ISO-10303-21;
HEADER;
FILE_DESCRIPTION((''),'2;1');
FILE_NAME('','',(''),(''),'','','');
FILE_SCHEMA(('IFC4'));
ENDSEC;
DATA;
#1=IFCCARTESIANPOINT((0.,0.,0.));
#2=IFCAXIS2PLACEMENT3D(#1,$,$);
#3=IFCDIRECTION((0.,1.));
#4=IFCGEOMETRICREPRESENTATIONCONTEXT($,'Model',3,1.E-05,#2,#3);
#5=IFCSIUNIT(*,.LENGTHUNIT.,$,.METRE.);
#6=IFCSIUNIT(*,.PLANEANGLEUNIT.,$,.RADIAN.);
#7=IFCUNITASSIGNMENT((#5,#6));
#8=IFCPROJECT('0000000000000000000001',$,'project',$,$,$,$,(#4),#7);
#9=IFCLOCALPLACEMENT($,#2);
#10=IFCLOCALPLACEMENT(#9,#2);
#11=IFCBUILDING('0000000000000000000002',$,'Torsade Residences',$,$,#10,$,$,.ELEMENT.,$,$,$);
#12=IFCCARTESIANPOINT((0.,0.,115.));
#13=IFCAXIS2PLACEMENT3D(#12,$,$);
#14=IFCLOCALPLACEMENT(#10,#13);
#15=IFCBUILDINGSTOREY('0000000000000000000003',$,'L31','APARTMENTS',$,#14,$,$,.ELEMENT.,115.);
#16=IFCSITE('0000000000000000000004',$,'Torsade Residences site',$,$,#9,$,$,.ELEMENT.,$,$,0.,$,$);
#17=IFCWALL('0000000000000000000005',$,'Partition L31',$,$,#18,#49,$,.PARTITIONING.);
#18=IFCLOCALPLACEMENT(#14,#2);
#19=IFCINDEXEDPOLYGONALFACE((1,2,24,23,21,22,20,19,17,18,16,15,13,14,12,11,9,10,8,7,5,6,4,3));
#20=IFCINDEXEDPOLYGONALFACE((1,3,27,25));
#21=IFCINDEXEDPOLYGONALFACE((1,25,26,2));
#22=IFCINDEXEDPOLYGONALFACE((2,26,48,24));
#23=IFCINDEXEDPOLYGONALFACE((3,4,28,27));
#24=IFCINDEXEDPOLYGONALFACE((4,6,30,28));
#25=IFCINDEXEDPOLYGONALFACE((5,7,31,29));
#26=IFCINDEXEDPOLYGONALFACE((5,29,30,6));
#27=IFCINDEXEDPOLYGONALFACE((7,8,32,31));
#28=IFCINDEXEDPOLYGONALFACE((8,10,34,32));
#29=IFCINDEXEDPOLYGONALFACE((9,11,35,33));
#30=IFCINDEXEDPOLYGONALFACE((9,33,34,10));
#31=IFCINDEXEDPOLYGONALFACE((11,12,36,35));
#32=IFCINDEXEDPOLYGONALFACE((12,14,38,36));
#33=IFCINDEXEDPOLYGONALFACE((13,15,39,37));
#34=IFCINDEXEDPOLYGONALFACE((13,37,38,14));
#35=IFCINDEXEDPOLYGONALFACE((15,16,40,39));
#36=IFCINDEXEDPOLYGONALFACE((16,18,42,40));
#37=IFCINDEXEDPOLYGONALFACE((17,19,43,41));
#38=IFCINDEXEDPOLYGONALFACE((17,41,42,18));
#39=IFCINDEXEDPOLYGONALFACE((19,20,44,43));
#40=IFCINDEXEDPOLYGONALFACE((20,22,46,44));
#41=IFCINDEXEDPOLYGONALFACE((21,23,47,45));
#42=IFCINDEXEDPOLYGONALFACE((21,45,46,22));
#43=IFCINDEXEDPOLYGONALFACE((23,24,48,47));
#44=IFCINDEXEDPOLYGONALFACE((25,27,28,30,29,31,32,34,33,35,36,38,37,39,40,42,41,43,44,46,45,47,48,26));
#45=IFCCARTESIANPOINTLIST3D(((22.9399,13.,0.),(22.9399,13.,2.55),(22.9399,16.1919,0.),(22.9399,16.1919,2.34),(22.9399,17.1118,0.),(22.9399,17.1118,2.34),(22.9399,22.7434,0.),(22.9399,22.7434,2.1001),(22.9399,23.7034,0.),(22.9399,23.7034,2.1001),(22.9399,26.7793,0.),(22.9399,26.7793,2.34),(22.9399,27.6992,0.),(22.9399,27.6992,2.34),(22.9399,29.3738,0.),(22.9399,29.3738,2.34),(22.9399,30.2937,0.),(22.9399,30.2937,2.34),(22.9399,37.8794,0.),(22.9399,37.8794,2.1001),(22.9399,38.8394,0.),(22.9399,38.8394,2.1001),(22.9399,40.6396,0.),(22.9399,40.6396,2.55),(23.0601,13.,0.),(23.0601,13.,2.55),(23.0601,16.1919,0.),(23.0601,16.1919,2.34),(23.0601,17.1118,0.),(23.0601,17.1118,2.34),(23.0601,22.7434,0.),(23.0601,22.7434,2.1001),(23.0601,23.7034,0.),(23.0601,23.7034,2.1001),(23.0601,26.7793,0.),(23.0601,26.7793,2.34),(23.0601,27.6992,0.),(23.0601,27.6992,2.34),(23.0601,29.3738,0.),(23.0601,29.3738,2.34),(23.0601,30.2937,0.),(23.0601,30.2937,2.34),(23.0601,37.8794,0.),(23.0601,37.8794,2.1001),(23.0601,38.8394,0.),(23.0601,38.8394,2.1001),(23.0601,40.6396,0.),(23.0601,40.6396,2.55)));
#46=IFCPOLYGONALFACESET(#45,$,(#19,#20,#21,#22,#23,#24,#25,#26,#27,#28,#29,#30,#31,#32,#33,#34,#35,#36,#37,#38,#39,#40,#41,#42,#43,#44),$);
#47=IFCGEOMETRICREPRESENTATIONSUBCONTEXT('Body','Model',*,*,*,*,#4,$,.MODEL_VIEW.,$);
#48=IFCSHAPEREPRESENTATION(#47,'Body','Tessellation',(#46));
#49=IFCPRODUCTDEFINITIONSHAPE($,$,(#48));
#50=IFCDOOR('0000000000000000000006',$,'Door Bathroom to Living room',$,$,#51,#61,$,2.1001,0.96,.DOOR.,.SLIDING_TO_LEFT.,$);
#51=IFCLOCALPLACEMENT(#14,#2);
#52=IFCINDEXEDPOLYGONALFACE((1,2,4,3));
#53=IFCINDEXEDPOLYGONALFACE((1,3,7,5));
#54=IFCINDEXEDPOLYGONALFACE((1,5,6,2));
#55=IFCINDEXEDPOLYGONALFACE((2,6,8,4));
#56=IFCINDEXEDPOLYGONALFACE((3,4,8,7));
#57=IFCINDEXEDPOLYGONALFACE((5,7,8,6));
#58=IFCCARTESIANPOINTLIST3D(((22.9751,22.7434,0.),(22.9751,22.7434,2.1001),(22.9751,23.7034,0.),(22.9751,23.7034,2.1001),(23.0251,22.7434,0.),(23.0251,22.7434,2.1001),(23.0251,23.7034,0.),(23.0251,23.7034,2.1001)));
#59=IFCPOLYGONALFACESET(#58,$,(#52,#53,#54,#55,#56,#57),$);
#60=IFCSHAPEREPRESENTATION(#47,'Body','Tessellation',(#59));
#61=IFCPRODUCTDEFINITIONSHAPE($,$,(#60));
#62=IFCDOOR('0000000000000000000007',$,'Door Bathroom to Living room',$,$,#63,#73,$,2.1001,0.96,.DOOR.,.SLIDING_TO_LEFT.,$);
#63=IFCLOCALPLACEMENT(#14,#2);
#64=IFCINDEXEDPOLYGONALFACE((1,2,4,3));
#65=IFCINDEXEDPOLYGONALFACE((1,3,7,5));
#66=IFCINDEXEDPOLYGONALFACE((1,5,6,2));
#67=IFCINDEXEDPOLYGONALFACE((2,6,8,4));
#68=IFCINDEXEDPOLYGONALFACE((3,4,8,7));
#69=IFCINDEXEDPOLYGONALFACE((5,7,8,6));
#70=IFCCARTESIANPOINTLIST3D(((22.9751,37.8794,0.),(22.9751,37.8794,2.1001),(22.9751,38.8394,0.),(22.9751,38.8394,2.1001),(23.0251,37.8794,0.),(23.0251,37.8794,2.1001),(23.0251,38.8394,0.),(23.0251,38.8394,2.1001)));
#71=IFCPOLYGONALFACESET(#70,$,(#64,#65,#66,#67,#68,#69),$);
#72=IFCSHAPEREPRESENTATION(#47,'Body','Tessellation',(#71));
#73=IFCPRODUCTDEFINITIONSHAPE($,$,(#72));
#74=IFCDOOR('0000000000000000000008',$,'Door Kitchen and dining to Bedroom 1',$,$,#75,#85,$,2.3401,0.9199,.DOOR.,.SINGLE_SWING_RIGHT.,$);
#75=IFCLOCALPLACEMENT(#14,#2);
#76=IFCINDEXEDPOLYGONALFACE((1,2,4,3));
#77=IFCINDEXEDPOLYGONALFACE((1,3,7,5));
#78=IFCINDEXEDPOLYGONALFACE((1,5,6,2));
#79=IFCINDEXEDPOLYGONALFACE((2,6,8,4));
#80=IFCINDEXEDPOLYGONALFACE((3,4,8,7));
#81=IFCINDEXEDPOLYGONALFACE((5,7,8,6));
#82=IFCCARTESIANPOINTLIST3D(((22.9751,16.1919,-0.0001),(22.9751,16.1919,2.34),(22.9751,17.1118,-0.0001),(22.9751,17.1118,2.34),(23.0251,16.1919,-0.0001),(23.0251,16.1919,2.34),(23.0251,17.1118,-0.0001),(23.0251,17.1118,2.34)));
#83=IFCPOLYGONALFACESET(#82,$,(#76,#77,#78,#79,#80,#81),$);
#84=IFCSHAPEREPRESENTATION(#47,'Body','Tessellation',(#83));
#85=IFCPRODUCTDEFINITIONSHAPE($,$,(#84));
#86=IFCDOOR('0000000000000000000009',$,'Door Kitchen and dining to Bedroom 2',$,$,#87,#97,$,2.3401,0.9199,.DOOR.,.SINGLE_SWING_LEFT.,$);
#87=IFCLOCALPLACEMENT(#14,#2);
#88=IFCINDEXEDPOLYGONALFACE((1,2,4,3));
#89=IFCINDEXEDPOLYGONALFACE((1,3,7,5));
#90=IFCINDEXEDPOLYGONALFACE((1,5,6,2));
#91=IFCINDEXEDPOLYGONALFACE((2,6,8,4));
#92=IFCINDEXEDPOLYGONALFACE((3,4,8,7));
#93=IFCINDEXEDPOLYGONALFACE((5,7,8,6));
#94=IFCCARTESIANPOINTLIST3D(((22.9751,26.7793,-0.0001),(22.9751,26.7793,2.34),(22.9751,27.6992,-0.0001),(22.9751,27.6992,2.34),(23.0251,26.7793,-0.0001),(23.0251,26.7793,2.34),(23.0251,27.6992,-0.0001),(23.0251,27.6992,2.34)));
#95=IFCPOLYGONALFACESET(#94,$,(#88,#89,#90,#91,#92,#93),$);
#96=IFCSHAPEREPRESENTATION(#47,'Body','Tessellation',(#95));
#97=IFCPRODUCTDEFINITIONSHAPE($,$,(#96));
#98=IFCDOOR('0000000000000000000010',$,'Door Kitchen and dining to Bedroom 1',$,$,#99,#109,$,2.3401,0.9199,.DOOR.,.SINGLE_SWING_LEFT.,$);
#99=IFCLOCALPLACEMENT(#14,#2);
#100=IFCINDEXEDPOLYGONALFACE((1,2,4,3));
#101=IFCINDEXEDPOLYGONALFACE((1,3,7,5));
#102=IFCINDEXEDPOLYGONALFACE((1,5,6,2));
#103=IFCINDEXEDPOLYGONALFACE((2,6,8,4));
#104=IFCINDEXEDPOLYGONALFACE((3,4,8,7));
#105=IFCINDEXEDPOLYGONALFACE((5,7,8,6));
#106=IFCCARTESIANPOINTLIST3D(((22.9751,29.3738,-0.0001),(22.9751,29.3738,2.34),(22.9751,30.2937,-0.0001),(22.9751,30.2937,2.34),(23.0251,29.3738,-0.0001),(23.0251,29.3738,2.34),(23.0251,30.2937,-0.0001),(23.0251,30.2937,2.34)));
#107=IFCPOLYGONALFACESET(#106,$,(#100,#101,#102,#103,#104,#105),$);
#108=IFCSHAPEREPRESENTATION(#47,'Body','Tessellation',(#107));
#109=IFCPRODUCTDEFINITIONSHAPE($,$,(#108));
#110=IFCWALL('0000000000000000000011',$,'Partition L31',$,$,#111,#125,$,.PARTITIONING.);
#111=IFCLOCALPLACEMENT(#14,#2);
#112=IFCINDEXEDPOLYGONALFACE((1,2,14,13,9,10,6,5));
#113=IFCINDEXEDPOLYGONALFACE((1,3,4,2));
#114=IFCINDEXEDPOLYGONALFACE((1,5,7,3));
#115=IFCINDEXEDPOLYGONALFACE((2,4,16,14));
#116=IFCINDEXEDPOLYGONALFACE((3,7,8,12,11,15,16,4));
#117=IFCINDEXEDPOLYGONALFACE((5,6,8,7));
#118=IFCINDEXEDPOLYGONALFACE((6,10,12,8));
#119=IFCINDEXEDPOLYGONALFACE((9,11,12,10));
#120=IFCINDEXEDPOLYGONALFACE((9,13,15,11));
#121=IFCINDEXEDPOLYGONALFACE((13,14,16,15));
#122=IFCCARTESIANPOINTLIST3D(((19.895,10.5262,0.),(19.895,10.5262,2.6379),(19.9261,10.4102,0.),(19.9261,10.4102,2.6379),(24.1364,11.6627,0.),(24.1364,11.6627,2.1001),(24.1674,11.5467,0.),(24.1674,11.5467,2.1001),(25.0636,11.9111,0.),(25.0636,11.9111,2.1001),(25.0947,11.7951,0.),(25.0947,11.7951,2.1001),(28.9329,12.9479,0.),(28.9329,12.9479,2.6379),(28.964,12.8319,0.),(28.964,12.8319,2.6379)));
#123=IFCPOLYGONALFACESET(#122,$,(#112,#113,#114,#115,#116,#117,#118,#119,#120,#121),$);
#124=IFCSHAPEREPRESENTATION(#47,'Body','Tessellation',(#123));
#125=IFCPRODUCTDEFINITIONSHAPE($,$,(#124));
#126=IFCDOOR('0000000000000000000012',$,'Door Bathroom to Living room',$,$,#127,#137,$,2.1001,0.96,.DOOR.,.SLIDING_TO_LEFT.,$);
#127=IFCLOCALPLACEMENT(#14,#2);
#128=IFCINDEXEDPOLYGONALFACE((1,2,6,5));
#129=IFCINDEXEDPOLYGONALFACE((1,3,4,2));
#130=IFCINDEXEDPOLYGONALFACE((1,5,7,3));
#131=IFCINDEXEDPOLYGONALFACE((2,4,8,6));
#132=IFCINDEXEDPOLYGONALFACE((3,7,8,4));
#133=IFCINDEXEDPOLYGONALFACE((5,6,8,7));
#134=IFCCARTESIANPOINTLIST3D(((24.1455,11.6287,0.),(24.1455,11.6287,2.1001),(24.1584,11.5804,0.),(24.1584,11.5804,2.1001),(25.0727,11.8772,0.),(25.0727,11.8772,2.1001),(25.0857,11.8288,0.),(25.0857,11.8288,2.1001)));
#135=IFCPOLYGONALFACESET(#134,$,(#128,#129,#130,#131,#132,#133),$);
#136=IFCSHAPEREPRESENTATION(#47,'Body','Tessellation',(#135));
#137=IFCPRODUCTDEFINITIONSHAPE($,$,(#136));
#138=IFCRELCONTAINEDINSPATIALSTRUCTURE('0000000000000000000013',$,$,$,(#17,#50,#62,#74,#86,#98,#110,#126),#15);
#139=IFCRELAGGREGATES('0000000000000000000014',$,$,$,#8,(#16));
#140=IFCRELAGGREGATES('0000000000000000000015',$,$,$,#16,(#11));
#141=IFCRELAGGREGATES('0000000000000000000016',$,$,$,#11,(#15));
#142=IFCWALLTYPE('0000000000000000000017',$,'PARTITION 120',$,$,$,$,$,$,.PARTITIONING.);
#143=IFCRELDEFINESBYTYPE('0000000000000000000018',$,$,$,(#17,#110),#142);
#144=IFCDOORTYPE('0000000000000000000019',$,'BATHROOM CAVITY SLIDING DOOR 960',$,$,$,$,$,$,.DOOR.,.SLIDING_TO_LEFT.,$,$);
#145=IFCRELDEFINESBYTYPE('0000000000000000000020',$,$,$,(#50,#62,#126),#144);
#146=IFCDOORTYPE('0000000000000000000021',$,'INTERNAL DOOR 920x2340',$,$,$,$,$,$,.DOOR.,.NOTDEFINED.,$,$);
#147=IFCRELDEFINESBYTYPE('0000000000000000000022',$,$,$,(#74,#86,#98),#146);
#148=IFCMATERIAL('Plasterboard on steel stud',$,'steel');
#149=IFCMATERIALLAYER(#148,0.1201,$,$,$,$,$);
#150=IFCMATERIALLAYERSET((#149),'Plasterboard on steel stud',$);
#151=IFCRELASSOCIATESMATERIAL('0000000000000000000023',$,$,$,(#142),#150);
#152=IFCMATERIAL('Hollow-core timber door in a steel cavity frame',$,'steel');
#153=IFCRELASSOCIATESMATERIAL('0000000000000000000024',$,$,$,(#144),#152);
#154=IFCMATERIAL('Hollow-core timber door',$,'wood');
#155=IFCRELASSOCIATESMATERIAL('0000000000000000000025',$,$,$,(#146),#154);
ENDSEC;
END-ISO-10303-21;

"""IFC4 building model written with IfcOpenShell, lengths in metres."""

from ifc_helpers import new_model, si_unit, direction, frame, frame_2d, origin, place, context, subcontext, project, spatial, rectangle, extrude, material, layer, layer_set, type_object, element, fill, save


model = new_model("IFC4")

# Units and contexts
model_context = context("Model", 3, precision=1e-05, world=origin(), true_north=direction((0.0, 1.0)))
body_context = subcontext(model_context, "Body", "Model", "MODEL_VIEW")
ifc_project = project(units=[si_unit("LENGTHUNIT", "METRE"), si_unit("PLANEANGLEUNIT", "RADIAN")], contexts=[model_context])

# Site, building, storey
site_placement = place(None, origin())
site = spatial("IfcSite", under=ifc_project, at=site_placement, Name="Torsade Residences site", CompositionType="ELEMENT", RefElevation=0.0)
building_placement = place(site_placement, origin())
building = spatial("IfcBuilding", under=site, at=building_placement, Name="Torsade Residences", CompositionType="ELEMENT")
storey_placement = place(building_placement, frame((0.0, 0.0, 115.0)))
storey = spatial("IfcBuildingStorey", under=building, at=storey_placement, Name="L31", Description="APARTMENTS", CompositionType="ELEMENT", Elevation=115.0)

# Wall, openings, doors
ifc_material_1 = material(Name="Plasterboard on steel stud", Category="steel")
ifc_layer_1 = layer(ifc_material_1, 0.1201)
ifc_layer_set_1 = layer_set([ifc_layer_1], Name="Plasterboard on steel stud")
wall_type_1 = type_object("IfcWallType", Name="PARTITION 120", PredefinedType="PARTITIONING", material=ifc_layer_set_1)
wall_1_placement = place(storey_placement, frame((23.0, 13.0, 0.0), z_axis=(0.0, 0.0, 1.0), x_axis=(0.0, 1.0, 0.0)))
wall_1 = element("IfcWall", 1, at=wall_1_placement, inside=storey, type_object=wall_type_1, Name="Partition L31", PredefinedType="PARTITIONING", context=body_context, shape_type="SweptSolid", body=[
    extrude(rectangle(XDim=27.6396, YDim=0.1201, at=frame_2d((13.8198, 0.0))), origin(), (0.0, 0.0, 1.0), 2.55),
])
opening_1_placement = place(wall_1_placement, frame((3.1919, 0.0, 0.0)))
opening_1 = element("IfcOpeningElement", 2, at=opening_1_placement, cuts=wall_1, PredefinedType="OPENING", context=body_context, shape_type="SweptSolid", body=[
    extrude(rectangle(XDim=0.9199, YDim=2.3401, at=frame_2d((0.46, 1.1699))), frame((0.0, 0.0701, 0.0), z_axis=(0.0, -1.0, 0.0), x_axis=(1.0, 0.0, 0.0)), (0.0, 0.0, 1.0), 0.1401),
])
opening_2_placement = place(wall_1_placement, frame((13.7793, 0.0, 0.0)))
opening_2 = element("IfcOpeningElement", 3, at=opening_2_placement, cuts=wall_1, PredefinedType="OPENING", context=body_context, shape_type="SweptSolid", body=[
    extrude(rectangle(XDim=0.9199, YDim=2.3401, at=frame_2d((0.46, 1.1699))), frame((0.0, 0.0701, 0.0), z_axis=(0.0, -1.0, 0.0), x_axis=(1.0, 0.0, 0.0)), (0.0, 0.0, 1.0), 0.1401),
])
opening_3_placement = place(wall_1_placement, frame((16.3738, 0.0, 0.0)))
opening_3 = element("IfcOpeningElement", 4, at=opening_3_placement, cuts=wall_1, PredefinedType="OPENING", context=body_context, shape_type="SweptSolid", body=[
    extrude(rectangle(XDim=0.9199, YDim=2.3401, at=frame_2d((0.46, 1.1699))), frame((0.0, 0.0701, 0.0), z_axis=(0.0, -1.0, 0.0), x_axis=(1.0, 0.0, 0.0)), (0.0, 0.0, 1.0), 0.1401),
])
opening_4_placement = place(wall_1_placement, frame((9.7434, 0.0, 0.0)))
opening_4 = element("IfcOpeningElement", 5, at=opening_4_placement, cuts=wall_1, PredefinedType="OPENING", context=body_context, shape_type="SweptSolid", body=[
    extrude(rectangle(XDim=0.96, YDim=2.1001, at=frame_2d((0.48, 1.05))), frame((0.0, 0.0701, 0.0), z_axis=(0.0, -1.0, 0.0), x_axis=(1.0, 0.0, 0.0)), (0.0, 0.0, 1.0), 0.1401),
])
opening_5_placement = place(wall_1_placement, frame((24.8794, 0.0, 0.0)))
opening_5 = element("IfcOpeningElement", 6, at=opening_5_placement, cuts=wall_1, PredefinedType="OPENING", context=body_context, shape_type="SweptSolid", body=[
    extrude(rectangle(XDim=0.96, YDim=2.1001, at=frame_2d((0.48, 1.05))), frame((0.0, 0.0701, 0.0), z_axis=(0.0, -1.0, 0.0), x_axis=(1.0, 0.0, 0.0)), (0.0, 0.0, 1.0), 0.1401),
])
ifc_material_2 = material(Name="Hollow-core timber door in a steel cavity frame", Category="steel")
door_type_1 = type_object("IfcDoorType", Name="BATHROOM CAVITY SLIDING DOOR 960", OperationType="SLIDING_TO_LEFT", PredefinedType="DOOR", material=ifc_material_2)
door_1_placement = place(opening_4_placement, origin())
door_1 = element("IfcDoor", 7, at=door_1_placement, inside=storey, type_object=door_type_1, Name="Door Bathroom to Living room", OperationType="SLIDING_TO_LEFT", OverallHeight=2.1001, OverallWidth=0.96, PredefinedType="DOOR", context=body_context, shape_type="SweptSolid", body=[
    extrude(rectangle(XDim=0.96, YDim=2.1001, at=frame_2d((0.48, 1.05))), frame((0.0, 0.0249, 0.0), z_axis=(0.0, -1.0, 0.0), x_axis=(1.0, 0.0, 0.0)), (0.0, 0.0, 1.0), 0.05),
])
fill(opening_4, door_1)
door_2_placement = place(opening_5_placement, origin())
door_2 = element("IfcDoor", 8, at=door_2_placement, inside=storey, type_object=door_type_1, Name="Door Bathroom to Living room", OperationType="SLIDING_TO_LEFT", OverallHeight=2.1001, OverallWidth=0.96, PredefinedType="DOOR", context=body_context, shape_type="SweptSolid", body=[
    extrude(rectangle(XDim=0.96, YDim=2.1001, at=frame_2d((0.48, 1.05))), frame((0.0, 0.0249, 0.0), z_axis=(0.0, -1.0, 0.0), x_axis=(1.0, 0.0, 0.0)), (0.0, 0.0, 1.0), 0.05),
])
fill(opening_5, door_2)
ifc_material_3 = material(Name="Hollow-core timber door", Category="wood")
door_type_2 = type_object("IfcDoorType", Name="INTERNAL DOOR 920x2340", OperationType="NOTDEFINED", PredefinedType="DOOR", material=ifc_material_3)
door_3_placement = place(opening_1_placement, origin())
door_3 = element("IfcDoor", 9, at=door_3_placement, inside=storey, type_object=door_type_2, Name="Door Kitchen and dining to Bedroom 1", OperationType="SINGLE_SWING_RIGHT", OverallHeight=2.3401, OverallWidth=0.9199, PredefinedType="DOOR", context=body_context, shape_type="SweptSolid", body=[
    extrude(rectangle(XDim=0.9199, YDim=2.3401, at=frame_2d((0.46, 1.1699))), frame((0.0, 0.0249, 0.0), z_axis=(0.0, -1.0, 0.0), x_axis=(1.0, 0.0, 0.0)), (0.0, 0.0, 1.0), 0.05),
])
fill(opening_1, door_3)
door_4_placement = place(opening_2_placement, origin())
door_4 = element("IfcDoor", 10, at=door_4_placement, inside=storey, type_object=door_type_2, Name="Door Kitchen and dining to Bedroom 2", OperationType="SINGLE_SWING_LEFT", OverallHeight=2.3401, OverallWidth=0.9199, PredefinedType="DOOR", context=body_context, shape_type="SweptSolid", body=[
    extrude(rectangle(XDim=0.9199, YDim=2.3401, at=frame_2d((0.46, 1.1699))), frame((0.0, 0.0249, 0.0), z_axis=(0.0, -1.0, 0.0), x_axis=(1.0, 0.0, 0.0)), (0.0, 0.0, 1.0), 0.05),
])
fill(opening_2, door_4)
door_5_placement = place(opening_3_placement, origin())
door_5 = element("IfcDoor", 11, at=door_5_placement, inside=storey, type_object=door_type_2, Name="Door Kitchen and dining to Bedroom 1", OperationType="SINGLE_SWING_LEFT", OverallHeight=2.3401, OverallWidth=0.9199, PredefinedType="DOOR", context=body_context, shape_type="SweptSolid", body=[
    extrude(rectangle(XDim=0.9199, YDim=2.3401, at=frame_2d((0.46, 1.1699))), frame((0.0, 0.0249, 0.0), z_axis=(0.0, -1.0, 0.0), x_axis=(1.0, 0.0, 0.0)), (0.0, 0.0, 1.0), 0.05),
])
fill(opening_3, door_5)

# Wall, opening, door
wall_2_placement = place(storey_placement, frame((19.9106, 10.4683, 0.0), z_axis=(0.0, 0.0, 1.0), x_axis=(0.965927, 0.258814, 0.0)))
wall_2 = element("IfcWall", 12, at=wall_2_placement, inside=storey, type_object=wall_type_1, Name="Partition L31", PredefinedType="PARTITIONING", context=body_context, shape_type="SweptSolid", body=[
    extrude(rectangle(XDim=9.3567, YDim=0.1201, at=frame_2d((4.6782, 0.0))), origin(), (0.0, 0.0, 1.0), 2.6379),
])
opening_6_placement = place(wall_2_placement, frame((4.3909, 0.0, 0.0)))
opening_6 = element("IfcOpeningElement", 13, at=opening_6_placement, cuts=wall_2, PredefinedType="OPENING", context=body_context, shape_type="SweptSolid", body=[
    extrude(rectangle(XDim=0.96, YDim=2.1001, at=frame_2d((0.48, 1.05))), frame((0.0, 0.0701, 0.0), z_axis=(0.0, -1.0, 0.0), x_axis=(1.0, 0.0, 0.0)), (0.0, 0.0, 1.0), 0.1401),
])
door_6_placement = place(opening_6_placement, origin())
door_6 = element("IfcDoor", 14, at=door_6_placement, inside=storey, type_object=door_type_1, Name="Door Bathroom to Living room", OperationType="SLIDING_TO_LEFT", OverallHeight=2.1001, OverallWidth=0.96, PredefinedType="DOOR", context=body_context, shape_type="SweptSolid", body=[
    extrude(rectangle(XDim=0.96, YDim=2.1001, at=frame_2d((0.48, 1.05))), frame((0.0, 0.0249, 0.0), z_axis=(0.0, -1.0, 0.0), x_axis=(1.0, 0.0, 0.0)), (0.0, 0.0, 1.0), 0.05),
])
fill(opening_6, door_6)

save(model, "model.ifc")
